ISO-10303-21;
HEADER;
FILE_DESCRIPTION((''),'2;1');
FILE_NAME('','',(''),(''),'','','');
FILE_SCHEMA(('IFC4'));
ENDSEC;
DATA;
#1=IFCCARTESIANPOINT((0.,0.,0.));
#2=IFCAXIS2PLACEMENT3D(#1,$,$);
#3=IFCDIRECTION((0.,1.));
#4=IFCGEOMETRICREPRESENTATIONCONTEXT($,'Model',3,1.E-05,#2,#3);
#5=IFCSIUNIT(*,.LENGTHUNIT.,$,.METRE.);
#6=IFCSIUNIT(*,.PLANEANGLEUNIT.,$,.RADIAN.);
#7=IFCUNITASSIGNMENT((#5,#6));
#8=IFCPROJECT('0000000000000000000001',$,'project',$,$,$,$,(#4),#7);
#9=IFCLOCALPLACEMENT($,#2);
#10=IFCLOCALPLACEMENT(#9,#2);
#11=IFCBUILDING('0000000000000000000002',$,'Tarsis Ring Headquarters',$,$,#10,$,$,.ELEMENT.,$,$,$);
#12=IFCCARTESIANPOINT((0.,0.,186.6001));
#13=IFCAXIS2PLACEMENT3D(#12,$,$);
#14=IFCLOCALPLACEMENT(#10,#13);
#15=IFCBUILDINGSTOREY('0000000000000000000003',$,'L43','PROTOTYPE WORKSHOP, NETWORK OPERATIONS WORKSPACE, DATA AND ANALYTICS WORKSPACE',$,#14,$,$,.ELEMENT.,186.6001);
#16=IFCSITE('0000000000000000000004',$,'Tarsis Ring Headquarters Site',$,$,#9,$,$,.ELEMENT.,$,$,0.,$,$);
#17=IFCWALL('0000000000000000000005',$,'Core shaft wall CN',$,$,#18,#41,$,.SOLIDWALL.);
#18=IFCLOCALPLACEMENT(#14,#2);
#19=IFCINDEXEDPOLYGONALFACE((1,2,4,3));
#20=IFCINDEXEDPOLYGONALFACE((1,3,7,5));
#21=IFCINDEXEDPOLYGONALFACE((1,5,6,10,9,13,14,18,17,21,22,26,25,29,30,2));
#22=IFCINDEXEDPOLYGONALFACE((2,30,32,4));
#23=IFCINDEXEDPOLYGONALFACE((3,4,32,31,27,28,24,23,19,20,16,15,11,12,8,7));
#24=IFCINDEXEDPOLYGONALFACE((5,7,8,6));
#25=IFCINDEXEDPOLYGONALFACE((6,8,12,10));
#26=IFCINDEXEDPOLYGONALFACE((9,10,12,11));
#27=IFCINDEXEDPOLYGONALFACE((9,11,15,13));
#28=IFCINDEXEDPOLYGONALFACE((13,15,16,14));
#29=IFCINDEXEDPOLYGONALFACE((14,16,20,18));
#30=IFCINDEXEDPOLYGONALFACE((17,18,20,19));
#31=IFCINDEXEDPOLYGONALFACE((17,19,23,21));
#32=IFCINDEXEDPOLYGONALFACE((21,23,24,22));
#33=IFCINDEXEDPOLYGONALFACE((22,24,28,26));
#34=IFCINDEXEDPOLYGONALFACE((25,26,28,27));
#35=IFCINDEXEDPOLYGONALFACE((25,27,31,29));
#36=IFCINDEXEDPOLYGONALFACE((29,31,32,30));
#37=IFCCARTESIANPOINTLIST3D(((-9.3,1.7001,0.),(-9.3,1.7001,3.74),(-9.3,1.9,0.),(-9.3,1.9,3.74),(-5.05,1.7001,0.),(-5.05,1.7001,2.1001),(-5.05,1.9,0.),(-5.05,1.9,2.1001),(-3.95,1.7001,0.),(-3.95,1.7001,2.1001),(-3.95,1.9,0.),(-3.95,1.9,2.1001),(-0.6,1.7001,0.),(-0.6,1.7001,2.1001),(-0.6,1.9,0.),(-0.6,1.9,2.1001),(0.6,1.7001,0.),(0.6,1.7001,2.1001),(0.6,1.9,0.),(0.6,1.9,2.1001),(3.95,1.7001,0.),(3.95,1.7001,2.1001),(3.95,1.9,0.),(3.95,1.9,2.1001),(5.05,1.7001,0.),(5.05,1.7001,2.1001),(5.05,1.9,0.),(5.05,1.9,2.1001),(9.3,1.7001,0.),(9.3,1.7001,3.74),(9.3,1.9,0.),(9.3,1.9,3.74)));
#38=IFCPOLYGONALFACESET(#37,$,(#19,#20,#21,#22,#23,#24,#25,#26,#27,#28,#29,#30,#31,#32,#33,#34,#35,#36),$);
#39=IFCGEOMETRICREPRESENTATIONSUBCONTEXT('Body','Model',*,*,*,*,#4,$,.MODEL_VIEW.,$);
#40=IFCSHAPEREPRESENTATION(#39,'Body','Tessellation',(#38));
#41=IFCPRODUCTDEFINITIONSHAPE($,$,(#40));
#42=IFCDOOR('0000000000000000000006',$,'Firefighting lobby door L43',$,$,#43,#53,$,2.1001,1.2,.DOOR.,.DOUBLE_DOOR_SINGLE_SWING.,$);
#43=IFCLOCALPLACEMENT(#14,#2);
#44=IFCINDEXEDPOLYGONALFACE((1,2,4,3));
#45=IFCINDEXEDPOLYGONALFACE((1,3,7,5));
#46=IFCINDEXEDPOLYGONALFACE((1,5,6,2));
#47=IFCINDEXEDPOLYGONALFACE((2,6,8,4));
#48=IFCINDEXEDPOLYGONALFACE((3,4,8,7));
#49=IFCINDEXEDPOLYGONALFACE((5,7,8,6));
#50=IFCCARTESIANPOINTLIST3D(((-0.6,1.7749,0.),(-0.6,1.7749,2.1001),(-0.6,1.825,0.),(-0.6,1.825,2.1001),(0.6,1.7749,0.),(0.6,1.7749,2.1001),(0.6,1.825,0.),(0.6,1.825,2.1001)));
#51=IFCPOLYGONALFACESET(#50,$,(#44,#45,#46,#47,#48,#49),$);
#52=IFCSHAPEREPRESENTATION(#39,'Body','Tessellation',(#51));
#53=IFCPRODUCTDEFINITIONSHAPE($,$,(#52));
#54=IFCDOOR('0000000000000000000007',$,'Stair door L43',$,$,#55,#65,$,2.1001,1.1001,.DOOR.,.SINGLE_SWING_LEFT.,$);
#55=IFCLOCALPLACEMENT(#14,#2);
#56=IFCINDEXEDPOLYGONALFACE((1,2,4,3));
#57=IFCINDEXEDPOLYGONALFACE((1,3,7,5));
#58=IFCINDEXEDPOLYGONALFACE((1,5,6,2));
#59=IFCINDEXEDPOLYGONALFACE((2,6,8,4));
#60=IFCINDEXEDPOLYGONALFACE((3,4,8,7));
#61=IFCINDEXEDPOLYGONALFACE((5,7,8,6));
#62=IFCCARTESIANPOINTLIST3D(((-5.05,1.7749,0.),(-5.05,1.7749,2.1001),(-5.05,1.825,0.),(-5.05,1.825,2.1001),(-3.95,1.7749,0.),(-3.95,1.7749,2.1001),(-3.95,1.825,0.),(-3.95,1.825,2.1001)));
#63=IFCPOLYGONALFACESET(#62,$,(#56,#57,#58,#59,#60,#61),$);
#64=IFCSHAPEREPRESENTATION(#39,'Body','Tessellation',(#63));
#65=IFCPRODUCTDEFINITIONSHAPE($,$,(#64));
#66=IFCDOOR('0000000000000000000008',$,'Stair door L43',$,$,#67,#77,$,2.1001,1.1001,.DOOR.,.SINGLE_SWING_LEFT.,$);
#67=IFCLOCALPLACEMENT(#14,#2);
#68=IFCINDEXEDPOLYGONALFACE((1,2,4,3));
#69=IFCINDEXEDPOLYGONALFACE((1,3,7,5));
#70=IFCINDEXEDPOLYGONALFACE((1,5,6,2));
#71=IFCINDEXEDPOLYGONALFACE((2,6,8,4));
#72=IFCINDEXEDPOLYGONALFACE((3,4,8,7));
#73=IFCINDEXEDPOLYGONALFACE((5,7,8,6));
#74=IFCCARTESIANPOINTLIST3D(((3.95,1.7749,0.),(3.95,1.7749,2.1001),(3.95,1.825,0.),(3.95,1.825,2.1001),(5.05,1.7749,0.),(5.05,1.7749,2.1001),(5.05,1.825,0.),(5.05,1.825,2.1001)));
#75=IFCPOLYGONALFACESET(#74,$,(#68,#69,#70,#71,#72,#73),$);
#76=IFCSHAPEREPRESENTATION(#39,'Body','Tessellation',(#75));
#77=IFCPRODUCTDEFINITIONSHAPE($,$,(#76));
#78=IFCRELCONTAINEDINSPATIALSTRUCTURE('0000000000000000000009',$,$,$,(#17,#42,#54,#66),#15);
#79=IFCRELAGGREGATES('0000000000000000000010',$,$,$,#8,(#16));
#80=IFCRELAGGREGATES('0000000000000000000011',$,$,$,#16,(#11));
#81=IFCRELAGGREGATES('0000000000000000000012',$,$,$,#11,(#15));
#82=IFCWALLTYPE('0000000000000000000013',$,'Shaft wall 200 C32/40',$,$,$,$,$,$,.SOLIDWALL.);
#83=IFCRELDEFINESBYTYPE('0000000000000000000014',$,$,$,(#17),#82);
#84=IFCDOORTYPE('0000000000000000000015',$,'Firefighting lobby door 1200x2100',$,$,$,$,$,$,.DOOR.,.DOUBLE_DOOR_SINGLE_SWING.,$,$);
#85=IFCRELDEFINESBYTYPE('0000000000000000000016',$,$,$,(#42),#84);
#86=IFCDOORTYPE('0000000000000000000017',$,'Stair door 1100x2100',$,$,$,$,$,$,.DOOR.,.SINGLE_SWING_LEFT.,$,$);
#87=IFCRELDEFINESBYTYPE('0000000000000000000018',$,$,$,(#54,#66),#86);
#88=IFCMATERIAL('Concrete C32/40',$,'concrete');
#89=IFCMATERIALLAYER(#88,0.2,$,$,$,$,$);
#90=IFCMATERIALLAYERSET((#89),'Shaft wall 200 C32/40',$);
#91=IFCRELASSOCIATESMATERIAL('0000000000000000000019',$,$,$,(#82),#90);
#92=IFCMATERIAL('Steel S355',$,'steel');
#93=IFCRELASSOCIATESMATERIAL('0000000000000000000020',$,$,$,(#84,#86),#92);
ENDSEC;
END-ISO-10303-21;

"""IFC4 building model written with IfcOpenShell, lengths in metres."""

from ifc_helpers import new_model, si_unit, direction, frame, frame_2d, origin, place, context, subcontext, project, spatial, rectangle, extrude, material, layer, layer_set, type_object, element, fill, save


model = new_model("IFC4")

# Units and contexts
model_context = context("Model", 3, precision=1e-05, world=origin(), true_north=direction((0.0, 1.0)))
body_context = subcontext(model_context, "Body", "Model", "MODEL_VIEW")
ifc_project = project(units=[si_unit("LENGTHUNIT", "METRE"), si_unit("PLANEANGLEUNIT", "RADIAN")], contexts=[model_context])

# Site, building, storey
site_placement = place(None, origin())
site = spatial("IfcSite", under=ifc_project, at=site_placement, Name="Tarsis Ring Headquarters Site", CompositionType="ELEMENT", RefElevation=0.0)
building_placement = place(site_placement, origin())
building = spatial("IfcBuilding", under=site, at=building_placement, Name="Tarsis Ring Headquarters", CompositionType="ELEMENT")
storey_placement = place(building_placement, frame((0.0, 0.0, 186.6001)))
storey = spatial("IfcBuildingStorey", under=building, at=storey_placement, Name="L43", Description="PROTOTYPE WORKSHOP, NETWORK OPERATIONS WORKSPACE, DATA AND ANALYTICS WORKSPACE", CompositionType="ELEMENT", Elevation=186.6001)

# Shared definitions
ifc_material_1 = material(Name="Steel S355", Category="steel")

# Wall, openings, doors
ifc_material_2 = material(Name="Concrete C32/40", Category="concrete")
ifc_layer_1 = layer(ifc_material_2, 0.2)
ifc_layer_set_1 = layer_set([ifc_layer_1], Name="Shaft wall 200 C32/40")
wall_type_1 = type_object("IfcWallType", Name="Shaft wall 200 C32/40", PredefinedType="SOLIDWALL", material=ifc_layer_set_1)
wall_1_placement = place(storey_placement, frame((-9.3, 1.8, 0.0), z_axis=(0.0, 0.0, 1.0), x_axis=(1.0, 0.0, 0.0)))
wall_1 = element("IfcWall", 1, at=wall_1_placement, inside=storey, type_object=wall_type_1, Name="Core shaft wall CN", PredefinedType="SOLIDWALL", context=body_context, shape_type="SweptSolid", body=[
    extrude(rectangle(XDim=18.6001, YDim=0.2, at=frame_2d((9.3, 0.0))), origin(), (0.0, 0.0, 1.0), 3.74),
])
opening_1_placement = place(wall_1_placement, frame((4.25, 0.0, 0.0)))
opening_1 = element("IfcOpeningElement", 2, at=opening_1_placement, cuts=wall_1, PredefinedType="OPENING", context=body_context, shape_type="SweptSolid", body=[
    extrude(rectangle(XDim=1.1001, YDim=2.1001, at=frame_2d((0.55, 1.05))), frame((0.0, 0.1099, 0.0), z_axis=(0.0, -1.0, 0.0), x_axis=(1.0, 0.0, 0.0)), (0.0, 0.0, 1.0), 0.22),
])
opening_2_placement = place(wall_1_placement, frame((8.7, 0.0, 0.0)))
opening_2 = element("IfcOpeningElement", 3, at=opening_2_placement, cuts=wall_1, PredefinedType="OPENING", context=body_context, shape_type="SweptSolid", body=[
    extrude(rectangle(XDim=1.2, YDim=2.1001, at=frame_2d((0.6001, 1.05))), frame((0.0, 0.1099, 0.0), z_axis=(0.0, -1.0, 0.0), x_axis=(1.0, 0.0, 0.0)), (0.0, 0.0, 1.0), 0.22),
])
opening_3_placement = place(wall_1_placement, frame((13.25, 0.0, 0.0)))
opening_3 = element("IfcOpeningElement", 4, at=opening_3_placement, cuts=wall_1, PredefinedType="OPENING", context=body_context, shape_type="SweptSolid", body=[
    extrude(rectangle(XDim=1.1001, YDim=2.1001, at=frame_2d((0.55, 1.05))), frame((0.0, 0.1099, 0.0), z_axis=(0.0, -1.0, 0.0), x_axis=(1.0, 0.0, 0.0)), (0.0, 0.0, 1.0), 0.22),
])
door_type_1 = type_object("IfcDoorType", Name="Firefighting lobby door 1200x2100", OperationType="DOUBLE_DOOR_SINGLE_SWING", PredefinedType="DOOR", material=ifc_material_1)
door_1_placement = place(opening_2_placement, origin())
door_1 = element("IfcDoor", 5, at=door_1_placement, inside=storey, type_object=door_type_1, Name="Firefighting lobby door L43", OperationType="DOUBLE_DOOR_SINGLE_SWING", OverallHeight=2.1001, OverallWidth=1.2, PredefinedType="DOOR", context=body_context, shape_type="SweptSolid", body=[
    extrude(rectangle(XDim=1.2, YDim=2.1001, at=frame_2d((0.6001, 1.05))), frame((0.0, 0.0249, 0.0), z_axis=(0.0, -1.0, 0.0), x_axis=(1.0, 0.0, 0.0)), (0.0, 0.0, 1.0), 0.05),
])
fill(opening_2, door_1)
door_type_2 = type_object("IfcDoorType", Name="Stair door 1100x2100", OperationType="SINGLE_SWING_LEFT", PredefinedType="DOOR", material=ifc_material_1)
door_2_placement = place(opening_1_placement, origin())
door_2 = element("IfcDoor", 6, at=door_2_placement, inside=storey, type_object=door_type_2, Name="Stair door L43", OperationType="SINGLE_SWING_LEFT", OverallHeight=2.1001, OverallWidth=1.1001, PredefinedType="DOOR", context=body_context, shape_type="SweptSolid", body=[
    extrude(rectangle(XDim=1.1001, YDim=2.1001, at=frame_2d((0.55, 1.05))), frame((0.0, 0.0249, 0.0), z_axis=(0.0, -1.0, 0.0), x_axis=(1.0, 0.0, 0.0)), (0.0, 0.0, 1.0), 0.05),
])
fill(opening_1, door_2)
door_3_placement = place(opening_3_placement, origin())
door_3 = element("IfcDoor", 7, at=door_3_placement, inside=storey, type_object=door_type_2, Name="Stair door L43", OperationType="SINGLE_SWING_LEFT", OverallHeight=2.1001, OverallWidth=1.1001, PredefinedType="DOOR", context=body_context, shape_type="SweptSolid", body=[
    extrude(rectangle(XDim=1.1001, YDim=2.1001, at=frame_2d((0.55, 1.05))), frame((0.0, 0.0249, 0.0), z_axis=(0.0, -1.0, 0.0), x_axis=(1.0, 0.0, 0.0)), (0.0, 0.0, 1.0), 0.05),
])
fill(opening_3, door_3)

save(model, "model.ifc")
